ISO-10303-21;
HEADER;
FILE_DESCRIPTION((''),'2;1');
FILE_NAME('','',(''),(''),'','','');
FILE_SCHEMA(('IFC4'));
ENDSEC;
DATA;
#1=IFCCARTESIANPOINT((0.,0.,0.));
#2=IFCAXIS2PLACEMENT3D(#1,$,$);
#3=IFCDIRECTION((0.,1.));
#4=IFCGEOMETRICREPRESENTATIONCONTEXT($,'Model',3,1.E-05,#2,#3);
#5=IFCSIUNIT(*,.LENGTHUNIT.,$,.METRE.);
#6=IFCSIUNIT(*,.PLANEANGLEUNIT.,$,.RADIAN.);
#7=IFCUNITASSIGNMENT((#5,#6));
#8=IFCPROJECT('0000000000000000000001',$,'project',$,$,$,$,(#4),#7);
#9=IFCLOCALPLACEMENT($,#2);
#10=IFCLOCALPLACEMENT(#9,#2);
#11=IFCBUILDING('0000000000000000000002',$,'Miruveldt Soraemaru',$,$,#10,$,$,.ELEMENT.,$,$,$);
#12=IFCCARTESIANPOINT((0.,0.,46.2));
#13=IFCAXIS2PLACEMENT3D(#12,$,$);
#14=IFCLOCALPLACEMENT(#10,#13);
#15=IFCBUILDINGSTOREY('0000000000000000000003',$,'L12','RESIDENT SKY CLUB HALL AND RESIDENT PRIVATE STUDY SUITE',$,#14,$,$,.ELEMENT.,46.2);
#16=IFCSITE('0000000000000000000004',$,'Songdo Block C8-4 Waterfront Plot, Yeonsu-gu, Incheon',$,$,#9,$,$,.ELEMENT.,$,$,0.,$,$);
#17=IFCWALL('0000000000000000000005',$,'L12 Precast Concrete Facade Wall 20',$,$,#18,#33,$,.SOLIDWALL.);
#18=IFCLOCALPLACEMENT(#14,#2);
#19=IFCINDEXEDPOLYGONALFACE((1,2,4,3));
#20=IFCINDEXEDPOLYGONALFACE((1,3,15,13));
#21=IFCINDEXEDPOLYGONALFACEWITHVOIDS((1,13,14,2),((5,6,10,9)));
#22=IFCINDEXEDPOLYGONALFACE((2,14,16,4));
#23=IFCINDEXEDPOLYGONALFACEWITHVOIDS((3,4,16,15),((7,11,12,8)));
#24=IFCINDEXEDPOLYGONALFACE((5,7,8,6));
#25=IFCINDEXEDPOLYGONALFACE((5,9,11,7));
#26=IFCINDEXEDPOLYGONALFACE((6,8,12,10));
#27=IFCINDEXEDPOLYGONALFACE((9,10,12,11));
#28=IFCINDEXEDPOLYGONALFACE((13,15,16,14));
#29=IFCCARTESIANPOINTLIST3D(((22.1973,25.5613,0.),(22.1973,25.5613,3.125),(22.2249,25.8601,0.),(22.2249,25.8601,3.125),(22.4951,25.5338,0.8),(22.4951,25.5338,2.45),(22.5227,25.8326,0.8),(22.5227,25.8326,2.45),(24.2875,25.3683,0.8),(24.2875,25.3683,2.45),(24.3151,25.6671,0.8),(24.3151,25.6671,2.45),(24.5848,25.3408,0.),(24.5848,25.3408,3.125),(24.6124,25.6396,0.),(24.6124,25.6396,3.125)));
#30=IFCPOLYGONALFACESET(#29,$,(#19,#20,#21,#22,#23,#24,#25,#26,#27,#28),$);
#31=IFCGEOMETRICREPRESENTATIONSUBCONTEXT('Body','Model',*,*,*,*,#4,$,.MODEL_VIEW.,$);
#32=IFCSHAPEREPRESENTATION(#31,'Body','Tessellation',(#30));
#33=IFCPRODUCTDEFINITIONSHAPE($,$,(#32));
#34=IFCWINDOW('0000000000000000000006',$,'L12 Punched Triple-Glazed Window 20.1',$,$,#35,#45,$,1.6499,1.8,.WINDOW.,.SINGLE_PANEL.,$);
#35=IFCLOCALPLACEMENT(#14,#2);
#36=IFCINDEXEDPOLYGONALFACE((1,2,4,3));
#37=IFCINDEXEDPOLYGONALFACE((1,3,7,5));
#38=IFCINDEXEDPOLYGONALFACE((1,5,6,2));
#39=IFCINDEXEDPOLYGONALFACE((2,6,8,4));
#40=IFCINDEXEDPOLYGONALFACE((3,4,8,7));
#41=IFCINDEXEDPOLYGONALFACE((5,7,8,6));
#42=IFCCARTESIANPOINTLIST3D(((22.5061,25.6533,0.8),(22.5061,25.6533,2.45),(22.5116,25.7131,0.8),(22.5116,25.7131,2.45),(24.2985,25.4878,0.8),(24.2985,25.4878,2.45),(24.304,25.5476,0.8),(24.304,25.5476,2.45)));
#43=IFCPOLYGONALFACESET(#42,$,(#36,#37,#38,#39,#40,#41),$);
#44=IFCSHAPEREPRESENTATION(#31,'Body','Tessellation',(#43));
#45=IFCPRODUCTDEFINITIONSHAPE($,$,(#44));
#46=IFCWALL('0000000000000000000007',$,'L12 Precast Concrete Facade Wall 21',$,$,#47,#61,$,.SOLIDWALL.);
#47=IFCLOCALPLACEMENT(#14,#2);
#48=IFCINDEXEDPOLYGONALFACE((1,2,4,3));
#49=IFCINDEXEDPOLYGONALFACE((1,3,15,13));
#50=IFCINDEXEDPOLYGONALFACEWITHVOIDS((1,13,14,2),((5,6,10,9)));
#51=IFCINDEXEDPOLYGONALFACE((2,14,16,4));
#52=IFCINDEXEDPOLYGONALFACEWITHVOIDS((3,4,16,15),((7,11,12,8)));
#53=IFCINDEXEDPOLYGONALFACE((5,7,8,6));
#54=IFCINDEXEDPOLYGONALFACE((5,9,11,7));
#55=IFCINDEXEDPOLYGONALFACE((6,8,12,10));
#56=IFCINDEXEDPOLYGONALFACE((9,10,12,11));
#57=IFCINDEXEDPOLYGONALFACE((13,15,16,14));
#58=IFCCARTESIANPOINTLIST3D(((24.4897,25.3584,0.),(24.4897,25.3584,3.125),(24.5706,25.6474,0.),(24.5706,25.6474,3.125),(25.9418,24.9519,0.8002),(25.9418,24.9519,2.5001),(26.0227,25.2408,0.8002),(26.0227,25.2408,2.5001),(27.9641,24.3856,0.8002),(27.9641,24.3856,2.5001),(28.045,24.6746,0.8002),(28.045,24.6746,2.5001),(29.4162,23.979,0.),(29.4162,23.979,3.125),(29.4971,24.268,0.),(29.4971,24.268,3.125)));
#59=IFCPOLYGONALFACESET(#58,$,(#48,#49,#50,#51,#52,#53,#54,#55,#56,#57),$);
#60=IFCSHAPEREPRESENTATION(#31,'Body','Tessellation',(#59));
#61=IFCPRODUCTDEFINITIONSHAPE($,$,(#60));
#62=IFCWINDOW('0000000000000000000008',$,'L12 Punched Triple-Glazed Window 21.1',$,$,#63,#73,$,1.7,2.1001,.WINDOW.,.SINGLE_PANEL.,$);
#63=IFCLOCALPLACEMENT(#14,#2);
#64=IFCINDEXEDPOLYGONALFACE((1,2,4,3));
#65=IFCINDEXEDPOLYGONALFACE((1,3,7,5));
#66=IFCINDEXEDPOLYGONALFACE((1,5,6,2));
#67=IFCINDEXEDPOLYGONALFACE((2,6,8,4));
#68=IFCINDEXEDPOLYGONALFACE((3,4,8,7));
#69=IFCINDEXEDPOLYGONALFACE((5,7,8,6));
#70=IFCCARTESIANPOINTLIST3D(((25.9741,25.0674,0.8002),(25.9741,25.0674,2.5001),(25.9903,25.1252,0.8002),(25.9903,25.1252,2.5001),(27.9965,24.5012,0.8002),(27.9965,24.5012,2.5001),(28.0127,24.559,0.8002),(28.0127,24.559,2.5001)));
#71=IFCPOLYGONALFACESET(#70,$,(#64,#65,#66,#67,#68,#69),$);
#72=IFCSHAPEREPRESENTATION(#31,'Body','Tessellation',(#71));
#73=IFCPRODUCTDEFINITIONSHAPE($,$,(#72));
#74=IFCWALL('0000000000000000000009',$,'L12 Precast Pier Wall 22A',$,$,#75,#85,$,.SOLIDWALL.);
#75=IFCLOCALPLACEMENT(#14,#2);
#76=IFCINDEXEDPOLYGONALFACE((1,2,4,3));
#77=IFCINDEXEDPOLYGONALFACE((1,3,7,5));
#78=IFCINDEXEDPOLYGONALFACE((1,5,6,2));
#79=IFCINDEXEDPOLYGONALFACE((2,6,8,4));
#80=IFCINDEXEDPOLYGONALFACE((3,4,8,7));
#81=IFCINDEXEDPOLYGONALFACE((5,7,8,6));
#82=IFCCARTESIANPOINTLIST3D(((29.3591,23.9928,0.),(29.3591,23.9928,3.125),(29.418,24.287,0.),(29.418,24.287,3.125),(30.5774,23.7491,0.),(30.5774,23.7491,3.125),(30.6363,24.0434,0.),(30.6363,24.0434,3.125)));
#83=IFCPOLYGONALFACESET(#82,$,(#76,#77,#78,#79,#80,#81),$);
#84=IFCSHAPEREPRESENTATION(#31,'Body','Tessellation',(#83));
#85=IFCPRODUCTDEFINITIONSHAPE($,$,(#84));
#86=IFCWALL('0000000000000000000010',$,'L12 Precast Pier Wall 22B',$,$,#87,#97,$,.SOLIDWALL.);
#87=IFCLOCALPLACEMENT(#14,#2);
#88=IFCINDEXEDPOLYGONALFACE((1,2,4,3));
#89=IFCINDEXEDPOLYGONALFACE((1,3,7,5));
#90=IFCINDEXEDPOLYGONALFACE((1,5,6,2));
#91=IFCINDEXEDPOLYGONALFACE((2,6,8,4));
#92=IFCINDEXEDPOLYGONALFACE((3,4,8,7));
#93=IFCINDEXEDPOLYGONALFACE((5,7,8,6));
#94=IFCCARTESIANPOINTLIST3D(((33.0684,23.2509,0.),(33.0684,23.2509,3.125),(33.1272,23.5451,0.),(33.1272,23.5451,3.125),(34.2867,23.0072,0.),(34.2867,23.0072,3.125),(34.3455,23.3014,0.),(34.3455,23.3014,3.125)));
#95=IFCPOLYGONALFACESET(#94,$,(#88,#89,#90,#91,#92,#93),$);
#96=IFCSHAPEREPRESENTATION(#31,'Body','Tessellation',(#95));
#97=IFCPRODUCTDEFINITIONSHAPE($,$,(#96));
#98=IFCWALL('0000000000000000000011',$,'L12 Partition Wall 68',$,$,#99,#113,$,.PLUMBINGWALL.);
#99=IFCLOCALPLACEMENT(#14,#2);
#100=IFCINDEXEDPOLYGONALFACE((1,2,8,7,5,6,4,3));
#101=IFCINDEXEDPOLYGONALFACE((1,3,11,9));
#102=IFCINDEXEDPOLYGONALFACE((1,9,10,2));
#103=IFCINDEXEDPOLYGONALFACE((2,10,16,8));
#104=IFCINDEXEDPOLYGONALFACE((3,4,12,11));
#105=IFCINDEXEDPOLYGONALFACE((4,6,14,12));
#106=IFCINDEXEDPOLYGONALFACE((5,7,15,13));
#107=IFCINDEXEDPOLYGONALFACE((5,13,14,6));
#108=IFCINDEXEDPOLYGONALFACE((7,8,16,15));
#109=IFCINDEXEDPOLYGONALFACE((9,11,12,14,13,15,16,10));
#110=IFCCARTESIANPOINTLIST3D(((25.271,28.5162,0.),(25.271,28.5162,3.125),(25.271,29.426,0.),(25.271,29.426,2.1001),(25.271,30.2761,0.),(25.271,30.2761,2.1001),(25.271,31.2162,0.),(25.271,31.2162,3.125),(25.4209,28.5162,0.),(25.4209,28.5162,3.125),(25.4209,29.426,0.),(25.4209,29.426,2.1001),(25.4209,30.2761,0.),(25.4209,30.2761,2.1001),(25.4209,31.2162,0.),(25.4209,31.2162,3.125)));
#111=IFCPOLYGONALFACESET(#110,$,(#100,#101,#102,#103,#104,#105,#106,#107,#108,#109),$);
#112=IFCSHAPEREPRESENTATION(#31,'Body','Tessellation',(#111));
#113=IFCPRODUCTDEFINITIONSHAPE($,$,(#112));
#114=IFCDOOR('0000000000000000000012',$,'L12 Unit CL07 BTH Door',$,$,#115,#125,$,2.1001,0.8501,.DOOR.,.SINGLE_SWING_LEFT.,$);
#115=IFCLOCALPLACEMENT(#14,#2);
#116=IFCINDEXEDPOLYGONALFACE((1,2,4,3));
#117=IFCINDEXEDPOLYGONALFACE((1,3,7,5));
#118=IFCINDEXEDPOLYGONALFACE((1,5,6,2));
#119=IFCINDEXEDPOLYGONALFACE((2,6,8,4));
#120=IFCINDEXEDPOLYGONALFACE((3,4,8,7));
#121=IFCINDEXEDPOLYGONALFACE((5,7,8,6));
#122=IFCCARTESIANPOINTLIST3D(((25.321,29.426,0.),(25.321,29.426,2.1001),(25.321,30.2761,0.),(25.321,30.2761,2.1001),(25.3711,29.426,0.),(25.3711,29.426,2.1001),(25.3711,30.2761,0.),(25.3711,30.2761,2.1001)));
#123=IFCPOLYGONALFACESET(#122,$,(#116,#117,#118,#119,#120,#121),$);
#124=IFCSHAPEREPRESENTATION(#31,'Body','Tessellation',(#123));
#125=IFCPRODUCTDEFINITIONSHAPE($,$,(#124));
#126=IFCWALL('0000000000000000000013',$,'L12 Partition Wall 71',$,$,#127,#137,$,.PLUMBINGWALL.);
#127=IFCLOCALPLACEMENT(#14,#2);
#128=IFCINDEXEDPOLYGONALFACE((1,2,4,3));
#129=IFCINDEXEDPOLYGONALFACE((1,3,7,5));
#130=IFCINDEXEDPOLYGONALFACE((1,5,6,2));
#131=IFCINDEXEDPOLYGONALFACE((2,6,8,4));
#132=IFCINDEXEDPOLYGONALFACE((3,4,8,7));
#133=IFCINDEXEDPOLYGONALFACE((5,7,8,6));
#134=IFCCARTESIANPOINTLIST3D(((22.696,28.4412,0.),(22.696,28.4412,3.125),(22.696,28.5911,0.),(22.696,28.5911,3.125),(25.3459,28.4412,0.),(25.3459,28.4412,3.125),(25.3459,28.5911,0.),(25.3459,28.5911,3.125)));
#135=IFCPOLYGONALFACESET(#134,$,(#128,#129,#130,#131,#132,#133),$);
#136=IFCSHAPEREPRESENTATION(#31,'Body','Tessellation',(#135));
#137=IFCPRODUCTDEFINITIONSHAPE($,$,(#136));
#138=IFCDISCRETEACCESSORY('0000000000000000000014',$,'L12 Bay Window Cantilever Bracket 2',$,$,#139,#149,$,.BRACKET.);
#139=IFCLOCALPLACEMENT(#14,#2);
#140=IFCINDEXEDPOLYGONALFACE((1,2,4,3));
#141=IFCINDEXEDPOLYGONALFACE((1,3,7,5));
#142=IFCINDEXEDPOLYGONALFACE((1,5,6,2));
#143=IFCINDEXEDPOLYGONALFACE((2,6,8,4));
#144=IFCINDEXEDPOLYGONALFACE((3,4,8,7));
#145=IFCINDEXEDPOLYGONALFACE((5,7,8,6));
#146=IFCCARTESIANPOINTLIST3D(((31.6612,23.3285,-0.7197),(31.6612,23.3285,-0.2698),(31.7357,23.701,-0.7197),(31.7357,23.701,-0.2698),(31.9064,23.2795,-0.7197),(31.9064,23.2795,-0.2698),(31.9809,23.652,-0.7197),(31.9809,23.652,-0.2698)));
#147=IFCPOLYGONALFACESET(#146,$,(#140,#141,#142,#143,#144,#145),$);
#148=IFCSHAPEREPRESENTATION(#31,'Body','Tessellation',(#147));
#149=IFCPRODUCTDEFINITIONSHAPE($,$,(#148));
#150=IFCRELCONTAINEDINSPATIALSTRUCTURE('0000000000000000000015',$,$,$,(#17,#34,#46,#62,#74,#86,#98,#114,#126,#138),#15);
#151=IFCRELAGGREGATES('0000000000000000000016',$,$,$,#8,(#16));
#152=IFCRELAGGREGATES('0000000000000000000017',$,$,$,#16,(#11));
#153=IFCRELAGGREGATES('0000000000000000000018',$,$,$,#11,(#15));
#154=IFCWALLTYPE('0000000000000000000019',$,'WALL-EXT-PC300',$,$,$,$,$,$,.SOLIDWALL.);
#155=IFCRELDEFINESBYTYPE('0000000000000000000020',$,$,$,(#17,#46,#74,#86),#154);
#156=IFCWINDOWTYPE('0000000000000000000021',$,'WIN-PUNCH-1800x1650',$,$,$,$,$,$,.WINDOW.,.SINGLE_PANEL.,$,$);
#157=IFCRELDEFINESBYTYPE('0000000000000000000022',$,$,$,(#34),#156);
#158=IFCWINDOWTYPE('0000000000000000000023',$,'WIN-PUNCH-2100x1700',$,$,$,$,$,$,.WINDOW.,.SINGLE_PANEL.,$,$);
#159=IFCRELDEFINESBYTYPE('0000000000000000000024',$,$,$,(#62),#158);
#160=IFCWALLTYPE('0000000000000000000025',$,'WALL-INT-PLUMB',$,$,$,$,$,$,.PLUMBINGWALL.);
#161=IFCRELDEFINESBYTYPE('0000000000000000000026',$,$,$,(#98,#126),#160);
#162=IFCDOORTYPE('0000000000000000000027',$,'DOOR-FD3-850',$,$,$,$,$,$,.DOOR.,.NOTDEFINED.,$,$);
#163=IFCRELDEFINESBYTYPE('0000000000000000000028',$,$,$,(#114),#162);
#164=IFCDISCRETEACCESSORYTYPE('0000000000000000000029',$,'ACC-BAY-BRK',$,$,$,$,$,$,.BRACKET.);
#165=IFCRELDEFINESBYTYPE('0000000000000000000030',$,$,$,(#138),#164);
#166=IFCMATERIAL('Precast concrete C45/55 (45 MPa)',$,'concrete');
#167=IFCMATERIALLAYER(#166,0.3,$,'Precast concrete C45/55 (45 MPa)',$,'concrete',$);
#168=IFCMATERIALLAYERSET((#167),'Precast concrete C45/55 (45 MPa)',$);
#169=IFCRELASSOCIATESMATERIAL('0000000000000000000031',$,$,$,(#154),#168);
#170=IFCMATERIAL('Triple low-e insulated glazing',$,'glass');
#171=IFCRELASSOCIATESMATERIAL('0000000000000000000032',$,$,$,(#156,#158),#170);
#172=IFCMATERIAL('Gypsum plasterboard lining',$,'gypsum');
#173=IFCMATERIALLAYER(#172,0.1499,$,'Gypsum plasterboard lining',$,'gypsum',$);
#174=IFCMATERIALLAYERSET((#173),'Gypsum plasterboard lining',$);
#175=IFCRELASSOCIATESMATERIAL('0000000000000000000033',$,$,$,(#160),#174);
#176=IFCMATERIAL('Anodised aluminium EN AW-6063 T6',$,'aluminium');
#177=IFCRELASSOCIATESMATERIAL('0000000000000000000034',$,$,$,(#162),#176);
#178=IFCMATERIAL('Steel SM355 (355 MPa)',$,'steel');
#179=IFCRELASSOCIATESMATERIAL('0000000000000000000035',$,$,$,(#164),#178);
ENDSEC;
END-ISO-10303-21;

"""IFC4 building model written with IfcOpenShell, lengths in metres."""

from ifc_helpers import new_model, si_unit, direction, frame, frame_2d, origin, origin_2d, place, context, subcontext, project, spatial, rectangle, extrude, material, layer, layer_set, type_object, element, fill, save


model = new_model("IFC4")

# Units and contexts
model_context = context("Model", 3, precision=1e-05, world=origin(), true_north=direction((0.0, 1.0)))
body_context = subcontext(model_context, "Body", "Model", "MODEL_VIEW")
ifc_project = project(units=[si_unit("LENGTHUNIT", "METRE"), si_unit("PLANEANGLEUNIT", "RADIAN")], contexts=[model_context])

# Site, building, storey
site_placement = place(None, origin())
site = spatial("IfcSite", under=ifc_project, at=site_placement, Name="Songdo Block C8-4 Waterfront Plot, Yeonsu-gu, Incheon", CompositionType="ELEMENT", RefElevation=0.0)
building_placement = place(site_placement, origin())
building = spatial("IfcBuilding", under=site, at=building_placement, Name="Miruveldt Soraemaru", CompositionType="ELEMENT")
storey_placement = place(building_placement, frame((0.0, 0.0, 46.2)))
storey = spatial("IfcBuildingStorey", under=building, at=storey_placement, Name="L12", Description="RESIDENT SKY CLUB HALL AND RESIDENT PRIVATE STUDY SUITE", CompositionType="ELEMENT", Elevation=46.2)

# Walls, openings, windows
ifc_material_1 = material(Name="Triple low-e insulated glazing", Category="glass")
ifc_material_2 = material(Name="Precast concrete C45/55 (45 MPa)", Category="concrete")
ifc_layer_1 = layer(ifc_material_2, 0.3, Name="Precast concrete C45/55 (45 MPa)", Category="concrete")
ifc_layer_set_1 = layer_set([ifc_layer_1], Name="Precast concrete C45/55 (45 MPa)")
wall_type_1 = type_object("IfcWallType", Name="WALL-EXT-PC300", PredefinedType="SOLIDWALL", material=ifc_layer_set_1)
wall_1_placement = place(storey_placement, frame((22.2112, 25.7107, 0.0), z_axis=(0.0, 0.0, 1.0), x_axis=(0.995764, -0.09195, 0.0)))
wall_1 = element("IfcWall", 1, at=wall_1_placement, inside=storey, type_object=wall_type_1, Name="L12 Precast Concrete Facade Wall 20", PredefinedType="SOLIDWALL", context=body_context, shape_type="SweptSolid", body=[
    extrude(rectangle(XDim=2.3977, YDim=0.3, at=frame_2d((1.1987, 0.0))), origin(), (0.0, 0.0, 1.0), 3.125),
])
opening_1_placement = place(wall_1_placement, frame((0.2991, 0.0, 0.8)))
opening_1 = element("IfcOpeningElement", 2, at=opening_1_placement, cuts=wall_1, PredefinedType="OPENING", context=body_context, shape_type="SweptSolid", body=[
    extrude(rectangle(XDim=1.8, YDim=1.6499, at=frame_2d((0.8999, 0.825))), frame((0.0, 0.1602, 0.0), z_axis=(0.0, -1.0, 0.0), x_axis=(1.0, 0.0, 0.0)), (0.0, 0.0, 1.0), 0.3201),
])
window_type_1 = type_object("IfcWindowType", Name="WIN-PUNCH-1800x1650", PartitioningType="SINGLE_PANEL", PredefinedType="WINDOW", material=ifc_material_1)
window_1_placement = place(opening_1_placement, origin())
window_1 = element("IfcWindow", 3, at=window_1_placement, inside=storey, type_object=window_type_1, Name="L12 Punched Triple-Glazed Window 20.1", OverallHeight=1.6499, OverallWidth=1.8, PartitioningType="SINGLE_PANEL", PredefinedType="WINDOW", context=body_context, shape_type="SweptSolid", body=[
    extrude(rectangle(XDim=1.8, YDim=1.6499, at=frame_2d((0.8999, 0.825))), frame((0.0, 0.03, 0.0), z_axis=(0.0, -1.0, 0.0), x_axis=(1.0, 0.0, 0.0)), (0.0, 0.0, 1.0), 0.0601),
])
fill(opening_1, window_1)
wall_2_placement = place(storey_placement, frame((24.53, 25.5029, 0.0), z_axis=(0.0, 0.0, 1.0), x_axis=(0.962966, -0.269625, 0.0)))
wall_2 = element("IfcWall", 4, at=wall_2_placement, inside=storey, type_object=wall_type_1, Name="L12 Precast Concrete Facade Wall 21", PredefinedType="SOLIDWALL", context=body_context, shape_type="SweptSolid", body=[
    extrude(rectangle(XDim=5.116, YDim=0.3, at=frame_2d((2.5581, 0.0))), origin(), (0.0, 0.0, 1.0), 3.125),
])
opening_2_placement = place(wall_2_placement, frame((1.5081, 0.0, 0.8)))
opening_2 = element("IfcOpeningElement", 5, at=opening_2_placement, cuts=wall_2, PredefinedType="OPENING", context=body_context, shape_type="SweptSolid", body=[
    extrude(rectangle(XDim=2.1001, YDim=1.7, at=frame_2d((1.05, 0.8501))), frame((0.0, 0.1602, 0.0), z_axis=(0.0, -1.0, 0.0), x_axis=(1.0, 0.0, 0.0)), (0.0, 0.0, 1.0), 0.3201),
])
window_type_2 = type_object("IfcWindowType", Name="WIN-PUNCH-2100x1700", PartitioningType="SINGLE_PANEL", PredefinedType="WINDOW", material=ifc_material_1)
window_2_placement = place(opening_2_placement, origin())
window_2 = element("IfcWindow", 6, at=window_2_placement, inside=storey, type_object=window_type_2, Name="L12 Punched Triple-Glazed Window 21.1", OverallHeight=1.7, OverallWidth=2.1001, PartitioningType="SINGLE_PANEL", PredefinedType="WINDOW", context=body_context, shape_type="SweptSolid", body=[
    extrude(rectangle(XDim=2.1001, YDim=1.7, at=frame_2d((1.05, 0.8501))), frame((0.0, 0.03, 0.0), z_axis=(0.0, -1.0, 0.0), x_axis=(1.0, 0.0, 0.0)), (0.0, 0.0, 1.0), 0.0601),
])
fill(opening_2, window_2)

# Walls
for number, where, z_axis, x_axis, name in (
    (7, (29.3887, 24.1399, 0.0), (0.0, 0.0, 1.0), (0.980581, -0.196116, 0.0), "L12 Precast Pier Wall 22A"),
    (8, (33.0979, 23.3979, 0.0), (0.0, 0.0, 1.0), (0.980581, -0.196116, 0.0), "L12 Precast Pier Wall 22B"),
):
    element("IfcWall", number, at=place(storey_placement, frame(where, z_axis=z_axis, x_axis=x_axis)), inside=storey, type_object=wall_type_1, Name=name, PredefinedType="SOLIDWALL", context=body_context, shape_type="SweptSolid", body=[
        extrude(rectangle(XDim=1.2424, YDim=0.3, at=frame_2d((0.6211, 0.0))), origin(), (0.0, 0.0, 1.0), 3.125),
    ])

# Wall, opening, door
ifc_material_3 = material(Name="Gypsum plasterboard lining", Category="gypsum")
ifc_layer_2 = layer(ifc_material_3, 0.1499, Name="Gypsum plasterboard lining", Category="gypsum")
ifc_layer_set_2 = layer_set([ifc_layer_2], Name="Gypsum plasterboard lining")
wall_type_2 = type_object("IfcWallType", Name="WALL-INT-PLUMB", PredefinedType="PLUMBINGWALL", material=ifc_layer_set_2)
wall_3_placement = place(storey_placement, frame((25.3459, 28.5161, 0.0), z_axis=(0.0, 0.0, 1.0), x_axis=(0.0, 1.0, 0.0)))
wall_3 = element("IfcWall", 9, at=wall_3_placement, inside=storey, type_object=wall_type_2, Name="L12 Partition Wall 68", PredefinedType="PLUMBINGWALL", context=body_context, shape_type="SweptSolid", body=[
    extrude(rectangle(XDim=2.7, YDim=0.1499, at=frame_2d((1.3501, 0.0))), origin(), (0.0, 0.0, 1.0), 3.125),
])
opening_3_placement = place(wall_3_placement, frame((0.9099, 0.0, 0.0)))
opening_3 = element("IfcOpeningElement", 10, at=opening_3_placement, cuts=wall_3, PredefinedType="OPENING", context=body_context, shape_type="SweptSolid", body=[
    extrude(rectangle(XDim=0.8501, YDim=2.1001, at=frame_2d((0.425, 1.05))), frame((0.0, 0.085, 0.0), z_axis=(0.0, -1.0, 0.0), x_axis=(1.0, 0.0, 0.0)), (0.0, 0.0, 1.0), 0.1699),
])
ifc_material_4 = material(Name="Anodised aluminium EN AW-6063 T6", Category="aluminium")
door_type = type_object("IfcDoorType", Name="DOOR-FD3-850", OperationType="NOTDEFINED", PredefinedType="DOOR", material=ifc_material_4)
door_placement = place(opening_3_placement, origin())
door = element("IfcDoor", 11, at=door_placement, inside=storey, type_object=door_type, Name="L12 Unit CL07 BTH Door", OperationType="SINGLE_SWING_LEFT", OverallHeight=2.1001, OverallWidth=0.8501, PredefinedType="DOOR", context=body_context, shape_type="SweptSolid", body=[
    extrude(rectangle(XDim=0.8501, YDim=2.1001, at=frame_2d((0.425, 1.05))), frame((0.0, 0.0249, 0.0), z_axis=(0.0, -1.0, 0.0), x_axis=(1.0, 0.0, 0.0)), (0.0, 0.0, 1.0), 0.05),
])
fill(opening_3, door)

# Wall
wall_4_placement = place(storey_placement, frame((22.696, 28.5161, 0.0), z_axis=(0.0, 0.0, 1.0), x_axis=(1.0, 0.0, 0.0)))
element("IfcWall", 12, at=wall_4_placement, inside=storey, type_object=wall_type_2, Name="L12 Partition Wall 71", PredefinedType="PLUMBINGWALL", context=body_context, shape_type="SweptSolid", body=[
    extrude(rectangle(XDim=2.6499, YDim=0.1499, at=frame_2d((1.325, 0.0))), origin(), (0.0, 0.0, 1.0), 3.125),
])

# Discrete accessory
ifc_material_5 = material(Name="Steel SM355 (355 MPa)", Category="steel")
discrete_accessory_type = type_object("IfcDiscreteAccessoryType", Name="ACC-BAY-BRK", PredefinedType="BRACKET", material=ifc_material_5)
discrete_accessory_placement = place(storey_placement, frame((31.821, 23.4902, -0.7197), z_axis=(0.0, 0.0, 1.0), x_axis=(-0.196117, -0.98058, 0.0)))
element("IfcDiscreteAccessory", 13, at=discrete_accessory_placement, inside=storey, type_object=discrete_accessory_type, Name="L12 Bay Window Cantilever Bracket 2", PredefinedType="BRACKET", context=body_context, shape_type="SweptSolid", body=[
    extrude(rectangle(XDim=0.3799, YDim=0.25, at=origin_2d()), origin(), (0.0, 0.0, 1.0), 0.45),
])

save(model, "model.ifc")
